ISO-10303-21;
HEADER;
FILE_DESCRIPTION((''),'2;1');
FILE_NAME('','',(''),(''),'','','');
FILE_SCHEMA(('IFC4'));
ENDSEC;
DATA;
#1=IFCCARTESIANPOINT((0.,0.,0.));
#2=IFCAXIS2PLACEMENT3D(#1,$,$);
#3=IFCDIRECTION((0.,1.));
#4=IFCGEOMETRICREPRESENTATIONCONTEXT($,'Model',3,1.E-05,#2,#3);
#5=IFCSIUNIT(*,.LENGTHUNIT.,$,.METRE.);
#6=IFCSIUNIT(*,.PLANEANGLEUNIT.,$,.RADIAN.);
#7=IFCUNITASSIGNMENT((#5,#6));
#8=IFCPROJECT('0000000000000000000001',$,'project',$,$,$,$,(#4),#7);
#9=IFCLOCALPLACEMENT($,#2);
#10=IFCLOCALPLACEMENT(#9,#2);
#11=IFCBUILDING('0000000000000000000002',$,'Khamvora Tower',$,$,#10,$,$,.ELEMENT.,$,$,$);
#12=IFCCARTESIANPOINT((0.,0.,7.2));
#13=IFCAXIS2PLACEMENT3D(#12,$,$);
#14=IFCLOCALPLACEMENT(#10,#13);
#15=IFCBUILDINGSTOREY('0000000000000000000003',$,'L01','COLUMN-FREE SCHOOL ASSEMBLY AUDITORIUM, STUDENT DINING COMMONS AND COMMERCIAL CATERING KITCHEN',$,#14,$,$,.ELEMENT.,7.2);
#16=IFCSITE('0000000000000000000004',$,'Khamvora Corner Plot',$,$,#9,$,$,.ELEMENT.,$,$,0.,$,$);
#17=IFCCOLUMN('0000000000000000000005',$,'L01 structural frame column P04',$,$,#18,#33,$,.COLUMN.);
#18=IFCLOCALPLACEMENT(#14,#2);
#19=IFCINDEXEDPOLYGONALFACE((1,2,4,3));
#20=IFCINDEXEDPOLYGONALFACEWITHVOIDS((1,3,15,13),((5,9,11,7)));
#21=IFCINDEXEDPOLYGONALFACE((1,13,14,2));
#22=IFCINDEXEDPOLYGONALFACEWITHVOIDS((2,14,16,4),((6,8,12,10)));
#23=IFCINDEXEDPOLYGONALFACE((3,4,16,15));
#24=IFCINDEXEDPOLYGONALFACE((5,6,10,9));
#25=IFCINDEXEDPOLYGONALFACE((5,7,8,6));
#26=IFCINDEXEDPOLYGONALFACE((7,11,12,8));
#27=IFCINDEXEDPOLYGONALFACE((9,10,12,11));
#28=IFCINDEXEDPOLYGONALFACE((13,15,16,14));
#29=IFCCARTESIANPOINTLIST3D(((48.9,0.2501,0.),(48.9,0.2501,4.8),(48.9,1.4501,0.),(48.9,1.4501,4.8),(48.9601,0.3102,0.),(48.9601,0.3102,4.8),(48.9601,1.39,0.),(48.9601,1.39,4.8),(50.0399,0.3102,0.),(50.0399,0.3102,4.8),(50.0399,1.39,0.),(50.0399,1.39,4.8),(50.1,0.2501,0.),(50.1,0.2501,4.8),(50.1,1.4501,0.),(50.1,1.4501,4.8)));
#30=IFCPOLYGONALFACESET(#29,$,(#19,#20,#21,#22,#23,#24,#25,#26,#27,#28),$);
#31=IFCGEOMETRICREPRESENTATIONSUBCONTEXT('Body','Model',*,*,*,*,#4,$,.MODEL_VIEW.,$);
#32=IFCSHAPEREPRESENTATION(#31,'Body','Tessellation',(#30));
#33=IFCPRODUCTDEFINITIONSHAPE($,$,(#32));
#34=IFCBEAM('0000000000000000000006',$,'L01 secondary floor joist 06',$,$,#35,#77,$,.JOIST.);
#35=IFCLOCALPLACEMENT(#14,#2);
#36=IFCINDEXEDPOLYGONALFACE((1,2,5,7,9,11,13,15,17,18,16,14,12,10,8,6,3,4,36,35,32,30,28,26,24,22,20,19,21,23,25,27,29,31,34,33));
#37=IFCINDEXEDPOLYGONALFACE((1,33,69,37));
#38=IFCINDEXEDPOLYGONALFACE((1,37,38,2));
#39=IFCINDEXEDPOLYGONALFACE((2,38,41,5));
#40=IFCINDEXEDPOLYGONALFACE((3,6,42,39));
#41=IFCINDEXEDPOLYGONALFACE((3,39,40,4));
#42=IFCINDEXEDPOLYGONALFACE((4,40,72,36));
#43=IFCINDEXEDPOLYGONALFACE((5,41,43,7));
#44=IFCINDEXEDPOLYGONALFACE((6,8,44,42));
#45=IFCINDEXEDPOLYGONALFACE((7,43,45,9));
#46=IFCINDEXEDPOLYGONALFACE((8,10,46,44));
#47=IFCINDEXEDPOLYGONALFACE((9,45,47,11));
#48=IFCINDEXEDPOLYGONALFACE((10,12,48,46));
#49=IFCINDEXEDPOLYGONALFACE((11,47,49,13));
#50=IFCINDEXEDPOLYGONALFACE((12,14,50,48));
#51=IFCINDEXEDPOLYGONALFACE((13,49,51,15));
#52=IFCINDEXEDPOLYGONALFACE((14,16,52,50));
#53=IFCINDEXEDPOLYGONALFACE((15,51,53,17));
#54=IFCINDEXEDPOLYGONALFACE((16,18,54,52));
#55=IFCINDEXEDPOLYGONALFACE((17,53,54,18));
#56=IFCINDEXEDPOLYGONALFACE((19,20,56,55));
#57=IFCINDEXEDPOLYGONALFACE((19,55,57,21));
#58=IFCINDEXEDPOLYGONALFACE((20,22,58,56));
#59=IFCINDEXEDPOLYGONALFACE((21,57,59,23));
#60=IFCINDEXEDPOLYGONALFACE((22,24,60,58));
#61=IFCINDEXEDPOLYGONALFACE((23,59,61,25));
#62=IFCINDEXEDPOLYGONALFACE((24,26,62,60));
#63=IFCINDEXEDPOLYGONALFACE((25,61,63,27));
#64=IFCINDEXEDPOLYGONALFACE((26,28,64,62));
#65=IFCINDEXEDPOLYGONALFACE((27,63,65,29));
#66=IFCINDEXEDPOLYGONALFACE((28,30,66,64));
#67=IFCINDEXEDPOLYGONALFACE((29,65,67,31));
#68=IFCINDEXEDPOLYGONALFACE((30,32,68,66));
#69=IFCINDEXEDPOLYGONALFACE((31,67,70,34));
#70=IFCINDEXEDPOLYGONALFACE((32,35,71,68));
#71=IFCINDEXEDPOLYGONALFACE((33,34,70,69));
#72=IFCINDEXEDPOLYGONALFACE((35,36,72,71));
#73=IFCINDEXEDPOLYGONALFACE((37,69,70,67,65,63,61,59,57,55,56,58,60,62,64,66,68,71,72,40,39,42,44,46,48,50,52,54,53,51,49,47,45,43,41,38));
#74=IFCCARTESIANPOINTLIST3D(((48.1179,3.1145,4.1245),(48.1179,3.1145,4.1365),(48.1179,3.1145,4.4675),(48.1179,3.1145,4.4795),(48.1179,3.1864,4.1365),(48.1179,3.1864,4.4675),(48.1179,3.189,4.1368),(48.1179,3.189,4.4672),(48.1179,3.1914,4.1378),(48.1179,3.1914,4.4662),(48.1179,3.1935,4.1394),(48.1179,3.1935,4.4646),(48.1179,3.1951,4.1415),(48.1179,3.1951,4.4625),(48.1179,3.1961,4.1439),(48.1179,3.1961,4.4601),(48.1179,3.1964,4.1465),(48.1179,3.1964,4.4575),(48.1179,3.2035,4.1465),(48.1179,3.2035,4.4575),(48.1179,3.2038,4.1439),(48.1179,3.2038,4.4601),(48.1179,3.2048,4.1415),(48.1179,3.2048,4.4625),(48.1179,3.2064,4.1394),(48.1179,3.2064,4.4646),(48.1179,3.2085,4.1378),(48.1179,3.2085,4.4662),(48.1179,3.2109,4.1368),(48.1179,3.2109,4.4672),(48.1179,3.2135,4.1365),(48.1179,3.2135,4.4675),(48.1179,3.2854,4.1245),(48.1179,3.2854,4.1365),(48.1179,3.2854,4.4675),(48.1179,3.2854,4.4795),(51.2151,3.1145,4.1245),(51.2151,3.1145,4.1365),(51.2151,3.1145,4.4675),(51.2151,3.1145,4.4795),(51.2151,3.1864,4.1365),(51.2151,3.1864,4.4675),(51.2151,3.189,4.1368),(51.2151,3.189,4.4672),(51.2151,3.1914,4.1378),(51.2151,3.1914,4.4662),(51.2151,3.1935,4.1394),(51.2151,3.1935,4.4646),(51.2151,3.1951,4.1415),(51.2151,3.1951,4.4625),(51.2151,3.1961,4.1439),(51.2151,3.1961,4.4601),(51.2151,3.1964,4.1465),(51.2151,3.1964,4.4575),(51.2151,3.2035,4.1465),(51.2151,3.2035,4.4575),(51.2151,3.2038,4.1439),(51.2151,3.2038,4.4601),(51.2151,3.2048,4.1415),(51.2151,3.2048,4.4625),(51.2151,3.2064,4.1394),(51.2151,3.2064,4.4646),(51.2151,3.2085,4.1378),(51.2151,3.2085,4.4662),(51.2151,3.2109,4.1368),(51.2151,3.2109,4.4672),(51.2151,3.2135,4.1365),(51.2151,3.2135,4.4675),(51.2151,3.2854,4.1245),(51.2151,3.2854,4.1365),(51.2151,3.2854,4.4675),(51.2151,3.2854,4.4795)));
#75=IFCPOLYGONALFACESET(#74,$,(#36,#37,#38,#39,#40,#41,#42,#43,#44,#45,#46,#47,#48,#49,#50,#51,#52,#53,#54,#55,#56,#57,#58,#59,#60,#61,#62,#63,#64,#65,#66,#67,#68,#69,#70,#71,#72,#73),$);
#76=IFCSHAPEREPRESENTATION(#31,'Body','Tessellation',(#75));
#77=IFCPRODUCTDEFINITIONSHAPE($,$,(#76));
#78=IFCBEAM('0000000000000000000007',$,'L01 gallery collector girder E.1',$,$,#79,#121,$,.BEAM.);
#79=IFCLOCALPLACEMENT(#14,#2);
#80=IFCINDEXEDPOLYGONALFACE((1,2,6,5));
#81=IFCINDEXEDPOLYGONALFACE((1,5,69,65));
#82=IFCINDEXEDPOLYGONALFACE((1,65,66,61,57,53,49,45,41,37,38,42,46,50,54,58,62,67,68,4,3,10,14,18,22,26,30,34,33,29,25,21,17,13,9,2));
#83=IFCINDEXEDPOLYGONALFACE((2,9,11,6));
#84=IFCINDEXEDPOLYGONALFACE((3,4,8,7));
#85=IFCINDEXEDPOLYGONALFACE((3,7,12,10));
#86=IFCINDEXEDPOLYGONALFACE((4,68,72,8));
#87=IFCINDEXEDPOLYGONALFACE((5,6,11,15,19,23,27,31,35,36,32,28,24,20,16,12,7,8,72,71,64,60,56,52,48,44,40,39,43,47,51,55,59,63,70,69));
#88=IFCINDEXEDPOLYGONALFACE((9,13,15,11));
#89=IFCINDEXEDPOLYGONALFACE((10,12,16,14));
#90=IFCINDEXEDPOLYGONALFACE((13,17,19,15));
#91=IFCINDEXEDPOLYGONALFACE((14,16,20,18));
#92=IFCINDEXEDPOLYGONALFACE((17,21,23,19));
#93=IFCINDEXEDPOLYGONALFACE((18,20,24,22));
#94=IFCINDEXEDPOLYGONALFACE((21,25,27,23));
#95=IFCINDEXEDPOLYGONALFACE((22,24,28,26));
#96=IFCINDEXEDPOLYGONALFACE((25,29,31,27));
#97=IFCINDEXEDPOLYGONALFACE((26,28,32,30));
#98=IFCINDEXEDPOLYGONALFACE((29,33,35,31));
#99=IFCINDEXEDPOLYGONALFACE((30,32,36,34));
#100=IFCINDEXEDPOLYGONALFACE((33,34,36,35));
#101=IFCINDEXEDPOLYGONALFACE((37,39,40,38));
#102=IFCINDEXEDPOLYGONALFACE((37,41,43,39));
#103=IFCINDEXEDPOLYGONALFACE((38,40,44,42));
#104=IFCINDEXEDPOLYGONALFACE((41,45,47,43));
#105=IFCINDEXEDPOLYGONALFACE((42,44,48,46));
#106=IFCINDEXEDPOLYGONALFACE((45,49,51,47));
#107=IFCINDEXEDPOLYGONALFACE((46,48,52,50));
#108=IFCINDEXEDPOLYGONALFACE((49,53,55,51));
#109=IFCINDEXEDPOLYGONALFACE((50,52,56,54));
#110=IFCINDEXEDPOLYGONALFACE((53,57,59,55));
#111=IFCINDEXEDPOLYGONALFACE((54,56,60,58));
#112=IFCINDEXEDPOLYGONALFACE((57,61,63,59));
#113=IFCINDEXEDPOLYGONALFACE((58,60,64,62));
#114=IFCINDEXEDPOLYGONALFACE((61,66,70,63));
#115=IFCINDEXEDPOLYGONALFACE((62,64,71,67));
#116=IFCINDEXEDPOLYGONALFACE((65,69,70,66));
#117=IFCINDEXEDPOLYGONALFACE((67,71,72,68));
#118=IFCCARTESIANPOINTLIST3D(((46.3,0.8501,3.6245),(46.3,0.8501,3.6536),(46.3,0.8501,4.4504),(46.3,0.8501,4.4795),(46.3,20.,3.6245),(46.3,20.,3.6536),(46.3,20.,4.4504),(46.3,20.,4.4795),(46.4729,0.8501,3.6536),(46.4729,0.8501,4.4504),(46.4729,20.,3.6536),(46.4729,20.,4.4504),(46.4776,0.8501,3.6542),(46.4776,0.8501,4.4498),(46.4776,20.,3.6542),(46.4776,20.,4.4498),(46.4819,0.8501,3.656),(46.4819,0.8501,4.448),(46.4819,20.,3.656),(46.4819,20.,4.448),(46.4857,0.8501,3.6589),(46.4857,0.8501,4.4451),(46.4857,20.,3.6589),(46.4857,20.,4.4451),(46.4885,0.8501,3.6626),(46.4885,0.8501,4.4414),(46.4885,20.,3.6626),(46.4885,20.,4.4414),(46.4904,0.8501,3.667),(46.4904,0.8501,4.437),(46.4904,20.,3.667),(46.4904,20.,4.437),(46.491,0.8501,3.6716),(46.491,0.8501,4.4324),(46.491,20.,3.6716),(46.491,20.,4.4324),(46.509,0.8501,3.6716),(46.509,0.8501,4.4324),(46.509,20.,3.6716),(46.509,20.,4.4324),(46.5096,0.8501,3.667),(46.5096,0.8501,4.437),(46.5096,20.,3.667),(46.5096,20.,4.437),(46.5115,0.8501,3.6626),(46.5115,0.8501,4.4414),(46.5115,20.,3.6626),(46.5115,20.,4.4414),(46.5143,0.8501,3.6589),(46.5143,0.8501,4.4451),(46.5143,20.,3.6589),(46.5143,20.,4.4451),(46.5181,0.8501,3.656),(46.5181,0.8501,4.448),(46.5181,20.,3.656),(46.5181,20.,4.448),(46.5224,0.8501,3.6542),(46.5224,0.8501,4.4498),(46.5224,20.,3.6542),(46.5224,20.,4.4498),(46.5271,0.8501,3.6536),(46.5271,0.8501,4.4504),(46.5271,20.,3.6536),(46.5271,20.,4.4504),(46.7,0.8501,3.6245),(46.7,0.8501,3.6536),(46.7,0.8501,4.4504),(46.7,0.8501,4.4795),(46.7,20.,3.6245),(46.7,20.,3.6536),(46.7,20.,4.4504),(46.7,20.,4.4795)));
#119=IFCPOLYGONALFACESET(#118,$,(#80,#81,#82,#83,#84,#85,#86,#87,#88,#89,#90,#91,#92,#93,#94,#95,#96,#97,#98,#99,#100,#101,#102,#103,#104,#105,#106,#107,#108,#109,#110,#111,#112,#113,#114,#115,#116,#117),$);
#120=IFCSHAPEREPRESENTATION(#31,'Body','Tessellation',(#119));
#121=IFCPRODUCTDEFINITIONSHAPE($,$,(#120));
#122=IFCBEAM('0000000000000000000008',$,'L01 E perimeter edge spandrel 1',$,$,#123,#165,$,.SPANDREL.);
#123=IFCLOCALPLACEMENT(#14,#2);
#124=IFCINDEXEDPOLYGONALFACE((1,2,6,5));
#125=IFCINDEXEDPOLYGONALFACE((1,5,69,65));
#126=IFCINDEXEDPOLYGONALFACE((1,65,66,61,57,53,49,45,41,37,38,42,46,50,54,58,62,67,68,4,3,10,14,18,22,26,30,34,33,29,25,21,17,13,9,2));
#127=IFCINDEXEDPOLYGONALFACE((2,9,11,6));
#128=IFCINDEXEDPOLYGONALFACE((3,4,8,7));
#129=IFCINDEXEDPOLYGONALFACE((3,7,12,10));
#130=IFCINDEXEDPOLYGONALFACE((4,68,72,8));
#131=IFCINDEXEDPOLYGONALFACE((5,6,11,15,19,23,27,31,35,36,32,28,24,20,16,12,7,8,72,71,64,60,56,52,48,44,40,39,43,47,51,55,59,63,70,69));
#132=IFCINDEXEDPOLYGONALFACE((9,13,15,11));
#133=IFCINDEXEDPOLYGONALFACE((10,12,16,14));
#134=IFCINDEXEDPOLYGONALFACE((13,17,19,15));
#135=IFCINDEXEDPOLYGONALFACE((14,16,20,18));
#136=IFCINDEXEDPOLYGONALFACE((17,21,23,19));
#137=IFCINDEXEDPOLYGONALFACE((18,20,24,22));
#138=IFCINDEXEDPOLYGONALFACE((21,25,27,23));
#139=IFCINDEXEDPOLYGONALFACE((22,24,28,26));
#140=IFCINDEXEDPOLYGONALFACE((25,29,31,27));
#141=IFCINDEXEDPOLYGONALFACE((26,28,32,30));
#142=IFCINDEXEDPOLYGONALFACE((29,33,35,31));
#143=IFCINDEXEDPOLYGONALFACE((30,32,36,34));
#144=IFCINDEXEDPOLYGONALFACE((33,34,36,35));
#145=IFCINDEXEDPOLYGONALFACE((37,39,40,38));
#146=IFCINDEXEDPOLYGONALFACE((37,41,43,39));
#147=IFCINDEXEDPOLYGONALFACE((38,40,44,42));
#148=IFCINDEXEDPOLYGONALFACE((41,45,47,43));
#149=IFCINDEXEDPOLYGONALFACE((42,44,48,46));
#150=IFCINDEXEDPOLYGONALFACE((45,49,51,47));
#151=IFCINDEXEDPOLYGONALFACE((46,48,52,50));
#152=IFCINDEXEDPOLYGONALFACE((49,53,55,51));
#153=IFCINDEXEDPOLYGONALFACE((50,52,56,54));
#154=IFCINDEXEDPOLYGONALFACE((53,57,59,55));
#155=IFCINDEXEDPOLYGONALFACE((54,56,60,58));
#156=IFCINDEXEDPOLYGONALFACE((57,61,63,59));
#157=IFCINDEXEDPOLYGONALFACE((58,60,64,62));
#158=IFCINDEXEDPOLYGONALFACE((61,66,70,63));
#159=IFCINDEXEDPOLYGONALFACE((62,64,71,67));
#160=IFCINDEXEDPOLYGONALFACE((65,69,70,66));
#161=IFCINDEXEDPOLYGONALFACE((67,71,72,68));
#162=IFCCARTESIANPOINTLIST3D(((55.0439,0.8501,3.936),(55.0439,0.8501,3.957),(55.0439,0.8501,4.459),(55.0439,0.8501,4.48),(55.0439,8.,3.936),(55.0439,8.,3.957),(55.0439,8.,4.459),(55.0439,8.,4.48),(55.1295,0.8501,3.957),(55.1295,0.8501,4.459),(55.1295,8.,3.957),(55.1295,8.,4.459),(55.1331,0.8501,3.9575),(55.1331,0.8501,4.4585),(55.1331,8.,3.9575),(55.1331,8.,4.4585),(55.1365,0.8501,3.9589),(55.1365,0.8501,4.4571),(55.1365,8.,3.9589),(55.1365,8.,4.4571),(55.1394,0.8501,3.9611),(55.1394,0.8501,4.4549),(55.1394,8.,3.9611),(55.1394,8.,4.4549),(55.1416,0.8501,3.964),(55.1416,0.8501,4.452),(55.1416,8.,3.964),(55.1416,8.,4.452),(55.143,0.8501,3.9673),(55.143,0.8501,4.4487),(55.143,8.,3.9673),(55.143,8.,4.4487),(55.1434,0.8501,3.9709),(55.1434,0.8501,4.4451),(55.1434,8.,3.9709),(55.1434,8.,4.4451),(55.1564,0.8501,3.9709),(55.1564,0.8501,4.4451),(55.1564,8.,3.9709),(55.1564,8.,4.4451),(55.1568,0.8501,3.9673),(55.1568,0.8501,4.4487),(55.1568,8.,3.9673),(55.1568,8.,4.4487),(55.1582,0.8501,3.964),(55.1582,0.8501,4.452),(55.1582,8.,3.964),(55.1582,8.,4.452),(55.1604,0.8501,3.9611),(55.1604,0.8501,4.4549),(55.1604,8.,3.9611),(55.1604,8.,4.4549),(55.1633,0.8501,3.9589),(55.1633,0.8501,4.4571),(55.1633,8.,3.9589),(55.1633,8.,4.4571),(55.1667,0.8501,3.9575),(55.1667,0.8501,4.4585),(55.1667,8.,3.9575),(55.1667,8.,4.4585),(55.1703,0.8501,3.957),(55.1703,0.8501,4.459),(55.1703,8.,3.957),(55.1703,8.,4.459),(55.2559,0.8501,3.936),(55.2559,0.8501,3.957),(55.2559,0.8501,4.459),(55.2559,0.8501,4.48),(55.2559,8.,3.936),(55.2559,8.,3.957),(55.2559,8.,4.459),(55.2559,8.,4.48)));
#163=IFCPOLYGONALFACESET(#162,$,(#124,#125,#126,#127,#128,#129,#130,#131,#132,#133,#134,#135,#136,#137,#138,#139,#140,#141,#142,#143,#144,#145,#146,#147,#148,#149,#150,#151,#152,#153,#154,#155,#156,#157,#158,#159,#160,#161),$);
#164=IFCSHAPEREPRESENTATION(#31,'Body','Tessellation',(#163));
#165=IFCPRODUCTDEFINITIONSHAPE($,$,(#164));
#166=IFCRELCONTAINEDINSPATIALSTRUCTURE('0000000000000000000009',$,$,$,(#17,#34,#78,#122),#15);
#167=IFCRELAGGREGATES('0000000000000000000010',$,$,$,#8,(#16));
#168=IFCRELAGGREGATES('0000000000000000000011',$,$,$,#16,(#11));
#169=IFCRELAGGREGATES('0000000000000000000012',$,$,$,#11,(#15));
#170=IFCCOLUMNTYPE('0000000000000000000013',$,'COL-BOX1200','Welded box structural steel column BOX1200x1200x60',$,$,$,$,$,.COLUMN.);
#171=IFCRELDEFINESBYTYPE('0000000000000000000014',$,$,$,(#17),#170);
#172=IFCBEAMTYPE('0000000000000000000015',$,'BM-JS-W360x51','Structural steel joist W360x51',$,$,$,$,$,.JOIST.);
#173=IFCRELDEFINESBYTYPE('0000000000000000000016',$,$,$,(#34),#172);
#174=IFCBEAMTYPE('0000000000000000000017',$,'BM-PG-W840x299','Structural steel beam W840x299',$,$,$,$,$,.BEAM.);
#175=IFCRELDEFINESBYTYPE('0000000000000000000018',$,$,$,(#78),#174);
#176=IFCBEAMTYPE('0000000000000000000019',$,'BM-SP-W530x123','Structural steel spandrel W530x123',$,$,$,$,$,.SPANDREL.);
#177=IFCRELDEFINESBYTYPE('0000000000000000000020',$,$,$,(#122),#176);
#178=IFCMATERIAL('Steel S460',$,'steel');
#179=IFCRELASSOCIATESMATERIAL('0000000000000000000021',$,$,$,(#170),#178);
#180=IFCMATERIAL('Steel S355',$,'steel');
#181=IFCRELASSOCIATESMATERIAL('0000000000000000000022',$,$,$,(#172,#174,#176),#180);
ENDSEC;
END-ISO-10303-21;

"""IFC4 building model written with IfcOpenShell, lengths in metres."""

from ifc_helpers import new_model, si_unit, direction, frame, origin, origin_2d, place, context, subcontext, project, spatial, hollow_rectangle, i_section, extrude, material, material_profile, profile_set, type_object, element, save


model = new_model("IFC4")

# Units and contexts
model_context = context("Model", 3, precision=1e-05, world=origin(), true_north=direction((0.0, 1.0)))
body_context = subcontext(model_context, "Body", "Model", "MODEL_VIEW")
ifc_project = project(units=[si_unit("LENGTHUNIT", "METRE"), si_unit("PLANEANGLEUNIT", "RADIAN")], contexts=[model_context])

# Site, building, storey
site_placement = place(None, origin())
site = spatial("IfcSite", under=ifc_project, at=site_placement, Name="Khamvora Corner Plot", CompositionType="ELEMENT", RefElevation=0.0)
building_placement = place(site_placement, origin())
building = spatial("IfcBuilding", under=site, at=building_placement, Name="Khamvora Tower", CompositionType="ELEMENT")
storey_placement = place(building_placement, frame((0.0, 0.0, 7.2)))
storey = spatial("IfcBuildingStorey", under=building, at=storey_placement, Name="L01", Description="COLUMN-FREE SCHOOL ASSEMBLY AUDITORIUM, STUDENT DINING COMMONS AND COMMERCIAL CATERING KITCHEN", CompositionType="ELEMENT", Elevation=7.2)

# Column
ifc_material_1 = material(Name="Steel S460", Category="steel")
ifc_material_profile_1 = material_profile(ifc_material_1, hollow_rectangle(XDim=1.2, YDim=1.2, WallThickness=0.0601, at=origin_2d()), Name="BOX1200x1200x60")
ifc_profile_set_1 = profile_set([ifc_material_profile_1], Name="Steel S460")
column_type = type_object("IfcColumnType", Name="COL-BOX1200", Description="Welded box structural steel column BOX1200x1200x60", PredefinedType="COLUMN", material=ifc_profile_set_1)
column_placement = place(storey_placement, frame((49.5, 0.8501, 0.0), z_axis=(0.0, 0.0, 1.0), x_axis=(1.0, 0.0, 0.0)))
element("IfcColumn", 1, at=column_placement, inside=storey, type_object=column_type, Name="L01 structural frame column P04", PredefinedType="COLUMN", context=body_context, shape_type="SweptSolid", body=[
    extrude(hollow_rectangle(XDim=1.2, YDim=1.2, WallThickness=0.0601, at=origin_2d()), origin(), (0.0, 0.0, 1.0), 4.8),
])

# Beams
ifc_material_2 = material(Name="Steel S355", Category="steel")
ifc_material_profile_2 = material_profile(ifc_material_2, i_section(OverallWidth=0.1709, OverallDepth=0.355, WebThickness=0.0071, FlangeThickness=0.012, FilletRadius=0.01, at=origin_2d()), Name="W360x51")
ifc_profile_set_2 = profile_set([ifc_material_profile_2], Name="Steel S355")
beam_type_1 = type_object("IfcBeamType", Name="BM-JS-W360x51", Description="Structural steel joist W360x51", PredefinedType="JOIST", material=ifc_profile_set_2)
beam_1_placement = place(storey_placement, frame((48.1179, 3.2, 4.302), z_axis=(1.0, 0.0, 0.0), x_axis=(0.0, 1.0, 0.0)))
element("IfcBeam", 2, at=beam_1_placement, inside=storey, type_object=beam_type_1, Name="L01 secondary floor joist 06", PredefinedType="JOIST", context=body_context, shape_type="SweptSolid", body=[
    extrude(i_section(OverallWidth=0.1709, OverallDepth=0.355, WebThickness=0.0071, FlangeThickness=0.012, FilletRadius=0.01, at=origin_2d()), origin(), (0.0, 0.0, 1.0), 3.0972),
])
ifc_material_profile_3 = material_profile(ifc_material_2, i_section(OverallWidth=0.3999, OverallDepth=0.855, WebThickness=0.0181, FlangeThickness=0.0291, FilletRadius=0.0181, at=origin_2d()), Name="W840x299")
ifc_profile_set_3 = profile_set([ifc_material_profile_3], Name="Steel S355")
beam_type_2 = type_object("IfcBeamType", Name="BM-PG-W840x299", Description="Structural steel beam W840x299", PredefinedType="BEAM", material=ifc_profile_set_3)
beam_2_placement = place(storey_placement, frame((46.5, 0.8501, 4.052), z_axis=(0.0, 1.0, 0.0), x_axis=(-1.0, 0.0, 0.0)))
element("IfcBeam", 3, at=beam_2_placement, inside=storey, type_object=beam_type_2, Name="L01 gallery collector girder E.1", PredefinedType="BEAM", context=body_context, shape_type="SweptSolid", body=[
    extrude(i_section(OverallWidth=0.3999, OverallDepth=0.855, WebThickness=0.0181, FlangeThickness=0.0291, FilletRadius=0.0181, at=origin_2d()), origin(), (0.0, 0.0, 1.0), 19.1499),
])
ifc_material_profile_4 = material_profile(ifc_material_2, i_section(OverallWidth=0.2119, OverallDepth=0.5439, WebThickness=0.0129, FlangeThickness=0.021, FilletRadius=0.0139, at=origin_2d()), Name="W530x123")
ifc_profile_set_4 = profile_set([ifc_material_profile_4], Name="Steel S355")
beam_type_3 = type_object("IfcBeamType", Name="BM-SP-W530x123", Description="Structural steel spandrel W530x123", PredefinedType="SPANDREL", material=ifc_profile_set_4)
beam_3_placement = place(storey_placement, frame((55.1499, 0.8501, 4.208), z_axis=(0.0, 1.0, 0.0), x_axis=(-1.0, 0.0, 0.0)))
element("IfcBeam", 4, at=beam_3_placement, inside=storey, type_object=beam_type_3, Name="L01 E perimeter edge spandrel 1", PredefinedType="SPANDREL", context=body_context, shape_type="SweptSolid", body=[
    extrude(i_section(OverallWidth=0.2119, OverallDepth=0.5439, WebThickness=0.0129, FlangeThickness=0.021, FilletRadius=0.0139, at=origin_2d()), origin(), (0.0, 0.0, 1.0), 7.1499),
])

save(model, "model.ifc")
